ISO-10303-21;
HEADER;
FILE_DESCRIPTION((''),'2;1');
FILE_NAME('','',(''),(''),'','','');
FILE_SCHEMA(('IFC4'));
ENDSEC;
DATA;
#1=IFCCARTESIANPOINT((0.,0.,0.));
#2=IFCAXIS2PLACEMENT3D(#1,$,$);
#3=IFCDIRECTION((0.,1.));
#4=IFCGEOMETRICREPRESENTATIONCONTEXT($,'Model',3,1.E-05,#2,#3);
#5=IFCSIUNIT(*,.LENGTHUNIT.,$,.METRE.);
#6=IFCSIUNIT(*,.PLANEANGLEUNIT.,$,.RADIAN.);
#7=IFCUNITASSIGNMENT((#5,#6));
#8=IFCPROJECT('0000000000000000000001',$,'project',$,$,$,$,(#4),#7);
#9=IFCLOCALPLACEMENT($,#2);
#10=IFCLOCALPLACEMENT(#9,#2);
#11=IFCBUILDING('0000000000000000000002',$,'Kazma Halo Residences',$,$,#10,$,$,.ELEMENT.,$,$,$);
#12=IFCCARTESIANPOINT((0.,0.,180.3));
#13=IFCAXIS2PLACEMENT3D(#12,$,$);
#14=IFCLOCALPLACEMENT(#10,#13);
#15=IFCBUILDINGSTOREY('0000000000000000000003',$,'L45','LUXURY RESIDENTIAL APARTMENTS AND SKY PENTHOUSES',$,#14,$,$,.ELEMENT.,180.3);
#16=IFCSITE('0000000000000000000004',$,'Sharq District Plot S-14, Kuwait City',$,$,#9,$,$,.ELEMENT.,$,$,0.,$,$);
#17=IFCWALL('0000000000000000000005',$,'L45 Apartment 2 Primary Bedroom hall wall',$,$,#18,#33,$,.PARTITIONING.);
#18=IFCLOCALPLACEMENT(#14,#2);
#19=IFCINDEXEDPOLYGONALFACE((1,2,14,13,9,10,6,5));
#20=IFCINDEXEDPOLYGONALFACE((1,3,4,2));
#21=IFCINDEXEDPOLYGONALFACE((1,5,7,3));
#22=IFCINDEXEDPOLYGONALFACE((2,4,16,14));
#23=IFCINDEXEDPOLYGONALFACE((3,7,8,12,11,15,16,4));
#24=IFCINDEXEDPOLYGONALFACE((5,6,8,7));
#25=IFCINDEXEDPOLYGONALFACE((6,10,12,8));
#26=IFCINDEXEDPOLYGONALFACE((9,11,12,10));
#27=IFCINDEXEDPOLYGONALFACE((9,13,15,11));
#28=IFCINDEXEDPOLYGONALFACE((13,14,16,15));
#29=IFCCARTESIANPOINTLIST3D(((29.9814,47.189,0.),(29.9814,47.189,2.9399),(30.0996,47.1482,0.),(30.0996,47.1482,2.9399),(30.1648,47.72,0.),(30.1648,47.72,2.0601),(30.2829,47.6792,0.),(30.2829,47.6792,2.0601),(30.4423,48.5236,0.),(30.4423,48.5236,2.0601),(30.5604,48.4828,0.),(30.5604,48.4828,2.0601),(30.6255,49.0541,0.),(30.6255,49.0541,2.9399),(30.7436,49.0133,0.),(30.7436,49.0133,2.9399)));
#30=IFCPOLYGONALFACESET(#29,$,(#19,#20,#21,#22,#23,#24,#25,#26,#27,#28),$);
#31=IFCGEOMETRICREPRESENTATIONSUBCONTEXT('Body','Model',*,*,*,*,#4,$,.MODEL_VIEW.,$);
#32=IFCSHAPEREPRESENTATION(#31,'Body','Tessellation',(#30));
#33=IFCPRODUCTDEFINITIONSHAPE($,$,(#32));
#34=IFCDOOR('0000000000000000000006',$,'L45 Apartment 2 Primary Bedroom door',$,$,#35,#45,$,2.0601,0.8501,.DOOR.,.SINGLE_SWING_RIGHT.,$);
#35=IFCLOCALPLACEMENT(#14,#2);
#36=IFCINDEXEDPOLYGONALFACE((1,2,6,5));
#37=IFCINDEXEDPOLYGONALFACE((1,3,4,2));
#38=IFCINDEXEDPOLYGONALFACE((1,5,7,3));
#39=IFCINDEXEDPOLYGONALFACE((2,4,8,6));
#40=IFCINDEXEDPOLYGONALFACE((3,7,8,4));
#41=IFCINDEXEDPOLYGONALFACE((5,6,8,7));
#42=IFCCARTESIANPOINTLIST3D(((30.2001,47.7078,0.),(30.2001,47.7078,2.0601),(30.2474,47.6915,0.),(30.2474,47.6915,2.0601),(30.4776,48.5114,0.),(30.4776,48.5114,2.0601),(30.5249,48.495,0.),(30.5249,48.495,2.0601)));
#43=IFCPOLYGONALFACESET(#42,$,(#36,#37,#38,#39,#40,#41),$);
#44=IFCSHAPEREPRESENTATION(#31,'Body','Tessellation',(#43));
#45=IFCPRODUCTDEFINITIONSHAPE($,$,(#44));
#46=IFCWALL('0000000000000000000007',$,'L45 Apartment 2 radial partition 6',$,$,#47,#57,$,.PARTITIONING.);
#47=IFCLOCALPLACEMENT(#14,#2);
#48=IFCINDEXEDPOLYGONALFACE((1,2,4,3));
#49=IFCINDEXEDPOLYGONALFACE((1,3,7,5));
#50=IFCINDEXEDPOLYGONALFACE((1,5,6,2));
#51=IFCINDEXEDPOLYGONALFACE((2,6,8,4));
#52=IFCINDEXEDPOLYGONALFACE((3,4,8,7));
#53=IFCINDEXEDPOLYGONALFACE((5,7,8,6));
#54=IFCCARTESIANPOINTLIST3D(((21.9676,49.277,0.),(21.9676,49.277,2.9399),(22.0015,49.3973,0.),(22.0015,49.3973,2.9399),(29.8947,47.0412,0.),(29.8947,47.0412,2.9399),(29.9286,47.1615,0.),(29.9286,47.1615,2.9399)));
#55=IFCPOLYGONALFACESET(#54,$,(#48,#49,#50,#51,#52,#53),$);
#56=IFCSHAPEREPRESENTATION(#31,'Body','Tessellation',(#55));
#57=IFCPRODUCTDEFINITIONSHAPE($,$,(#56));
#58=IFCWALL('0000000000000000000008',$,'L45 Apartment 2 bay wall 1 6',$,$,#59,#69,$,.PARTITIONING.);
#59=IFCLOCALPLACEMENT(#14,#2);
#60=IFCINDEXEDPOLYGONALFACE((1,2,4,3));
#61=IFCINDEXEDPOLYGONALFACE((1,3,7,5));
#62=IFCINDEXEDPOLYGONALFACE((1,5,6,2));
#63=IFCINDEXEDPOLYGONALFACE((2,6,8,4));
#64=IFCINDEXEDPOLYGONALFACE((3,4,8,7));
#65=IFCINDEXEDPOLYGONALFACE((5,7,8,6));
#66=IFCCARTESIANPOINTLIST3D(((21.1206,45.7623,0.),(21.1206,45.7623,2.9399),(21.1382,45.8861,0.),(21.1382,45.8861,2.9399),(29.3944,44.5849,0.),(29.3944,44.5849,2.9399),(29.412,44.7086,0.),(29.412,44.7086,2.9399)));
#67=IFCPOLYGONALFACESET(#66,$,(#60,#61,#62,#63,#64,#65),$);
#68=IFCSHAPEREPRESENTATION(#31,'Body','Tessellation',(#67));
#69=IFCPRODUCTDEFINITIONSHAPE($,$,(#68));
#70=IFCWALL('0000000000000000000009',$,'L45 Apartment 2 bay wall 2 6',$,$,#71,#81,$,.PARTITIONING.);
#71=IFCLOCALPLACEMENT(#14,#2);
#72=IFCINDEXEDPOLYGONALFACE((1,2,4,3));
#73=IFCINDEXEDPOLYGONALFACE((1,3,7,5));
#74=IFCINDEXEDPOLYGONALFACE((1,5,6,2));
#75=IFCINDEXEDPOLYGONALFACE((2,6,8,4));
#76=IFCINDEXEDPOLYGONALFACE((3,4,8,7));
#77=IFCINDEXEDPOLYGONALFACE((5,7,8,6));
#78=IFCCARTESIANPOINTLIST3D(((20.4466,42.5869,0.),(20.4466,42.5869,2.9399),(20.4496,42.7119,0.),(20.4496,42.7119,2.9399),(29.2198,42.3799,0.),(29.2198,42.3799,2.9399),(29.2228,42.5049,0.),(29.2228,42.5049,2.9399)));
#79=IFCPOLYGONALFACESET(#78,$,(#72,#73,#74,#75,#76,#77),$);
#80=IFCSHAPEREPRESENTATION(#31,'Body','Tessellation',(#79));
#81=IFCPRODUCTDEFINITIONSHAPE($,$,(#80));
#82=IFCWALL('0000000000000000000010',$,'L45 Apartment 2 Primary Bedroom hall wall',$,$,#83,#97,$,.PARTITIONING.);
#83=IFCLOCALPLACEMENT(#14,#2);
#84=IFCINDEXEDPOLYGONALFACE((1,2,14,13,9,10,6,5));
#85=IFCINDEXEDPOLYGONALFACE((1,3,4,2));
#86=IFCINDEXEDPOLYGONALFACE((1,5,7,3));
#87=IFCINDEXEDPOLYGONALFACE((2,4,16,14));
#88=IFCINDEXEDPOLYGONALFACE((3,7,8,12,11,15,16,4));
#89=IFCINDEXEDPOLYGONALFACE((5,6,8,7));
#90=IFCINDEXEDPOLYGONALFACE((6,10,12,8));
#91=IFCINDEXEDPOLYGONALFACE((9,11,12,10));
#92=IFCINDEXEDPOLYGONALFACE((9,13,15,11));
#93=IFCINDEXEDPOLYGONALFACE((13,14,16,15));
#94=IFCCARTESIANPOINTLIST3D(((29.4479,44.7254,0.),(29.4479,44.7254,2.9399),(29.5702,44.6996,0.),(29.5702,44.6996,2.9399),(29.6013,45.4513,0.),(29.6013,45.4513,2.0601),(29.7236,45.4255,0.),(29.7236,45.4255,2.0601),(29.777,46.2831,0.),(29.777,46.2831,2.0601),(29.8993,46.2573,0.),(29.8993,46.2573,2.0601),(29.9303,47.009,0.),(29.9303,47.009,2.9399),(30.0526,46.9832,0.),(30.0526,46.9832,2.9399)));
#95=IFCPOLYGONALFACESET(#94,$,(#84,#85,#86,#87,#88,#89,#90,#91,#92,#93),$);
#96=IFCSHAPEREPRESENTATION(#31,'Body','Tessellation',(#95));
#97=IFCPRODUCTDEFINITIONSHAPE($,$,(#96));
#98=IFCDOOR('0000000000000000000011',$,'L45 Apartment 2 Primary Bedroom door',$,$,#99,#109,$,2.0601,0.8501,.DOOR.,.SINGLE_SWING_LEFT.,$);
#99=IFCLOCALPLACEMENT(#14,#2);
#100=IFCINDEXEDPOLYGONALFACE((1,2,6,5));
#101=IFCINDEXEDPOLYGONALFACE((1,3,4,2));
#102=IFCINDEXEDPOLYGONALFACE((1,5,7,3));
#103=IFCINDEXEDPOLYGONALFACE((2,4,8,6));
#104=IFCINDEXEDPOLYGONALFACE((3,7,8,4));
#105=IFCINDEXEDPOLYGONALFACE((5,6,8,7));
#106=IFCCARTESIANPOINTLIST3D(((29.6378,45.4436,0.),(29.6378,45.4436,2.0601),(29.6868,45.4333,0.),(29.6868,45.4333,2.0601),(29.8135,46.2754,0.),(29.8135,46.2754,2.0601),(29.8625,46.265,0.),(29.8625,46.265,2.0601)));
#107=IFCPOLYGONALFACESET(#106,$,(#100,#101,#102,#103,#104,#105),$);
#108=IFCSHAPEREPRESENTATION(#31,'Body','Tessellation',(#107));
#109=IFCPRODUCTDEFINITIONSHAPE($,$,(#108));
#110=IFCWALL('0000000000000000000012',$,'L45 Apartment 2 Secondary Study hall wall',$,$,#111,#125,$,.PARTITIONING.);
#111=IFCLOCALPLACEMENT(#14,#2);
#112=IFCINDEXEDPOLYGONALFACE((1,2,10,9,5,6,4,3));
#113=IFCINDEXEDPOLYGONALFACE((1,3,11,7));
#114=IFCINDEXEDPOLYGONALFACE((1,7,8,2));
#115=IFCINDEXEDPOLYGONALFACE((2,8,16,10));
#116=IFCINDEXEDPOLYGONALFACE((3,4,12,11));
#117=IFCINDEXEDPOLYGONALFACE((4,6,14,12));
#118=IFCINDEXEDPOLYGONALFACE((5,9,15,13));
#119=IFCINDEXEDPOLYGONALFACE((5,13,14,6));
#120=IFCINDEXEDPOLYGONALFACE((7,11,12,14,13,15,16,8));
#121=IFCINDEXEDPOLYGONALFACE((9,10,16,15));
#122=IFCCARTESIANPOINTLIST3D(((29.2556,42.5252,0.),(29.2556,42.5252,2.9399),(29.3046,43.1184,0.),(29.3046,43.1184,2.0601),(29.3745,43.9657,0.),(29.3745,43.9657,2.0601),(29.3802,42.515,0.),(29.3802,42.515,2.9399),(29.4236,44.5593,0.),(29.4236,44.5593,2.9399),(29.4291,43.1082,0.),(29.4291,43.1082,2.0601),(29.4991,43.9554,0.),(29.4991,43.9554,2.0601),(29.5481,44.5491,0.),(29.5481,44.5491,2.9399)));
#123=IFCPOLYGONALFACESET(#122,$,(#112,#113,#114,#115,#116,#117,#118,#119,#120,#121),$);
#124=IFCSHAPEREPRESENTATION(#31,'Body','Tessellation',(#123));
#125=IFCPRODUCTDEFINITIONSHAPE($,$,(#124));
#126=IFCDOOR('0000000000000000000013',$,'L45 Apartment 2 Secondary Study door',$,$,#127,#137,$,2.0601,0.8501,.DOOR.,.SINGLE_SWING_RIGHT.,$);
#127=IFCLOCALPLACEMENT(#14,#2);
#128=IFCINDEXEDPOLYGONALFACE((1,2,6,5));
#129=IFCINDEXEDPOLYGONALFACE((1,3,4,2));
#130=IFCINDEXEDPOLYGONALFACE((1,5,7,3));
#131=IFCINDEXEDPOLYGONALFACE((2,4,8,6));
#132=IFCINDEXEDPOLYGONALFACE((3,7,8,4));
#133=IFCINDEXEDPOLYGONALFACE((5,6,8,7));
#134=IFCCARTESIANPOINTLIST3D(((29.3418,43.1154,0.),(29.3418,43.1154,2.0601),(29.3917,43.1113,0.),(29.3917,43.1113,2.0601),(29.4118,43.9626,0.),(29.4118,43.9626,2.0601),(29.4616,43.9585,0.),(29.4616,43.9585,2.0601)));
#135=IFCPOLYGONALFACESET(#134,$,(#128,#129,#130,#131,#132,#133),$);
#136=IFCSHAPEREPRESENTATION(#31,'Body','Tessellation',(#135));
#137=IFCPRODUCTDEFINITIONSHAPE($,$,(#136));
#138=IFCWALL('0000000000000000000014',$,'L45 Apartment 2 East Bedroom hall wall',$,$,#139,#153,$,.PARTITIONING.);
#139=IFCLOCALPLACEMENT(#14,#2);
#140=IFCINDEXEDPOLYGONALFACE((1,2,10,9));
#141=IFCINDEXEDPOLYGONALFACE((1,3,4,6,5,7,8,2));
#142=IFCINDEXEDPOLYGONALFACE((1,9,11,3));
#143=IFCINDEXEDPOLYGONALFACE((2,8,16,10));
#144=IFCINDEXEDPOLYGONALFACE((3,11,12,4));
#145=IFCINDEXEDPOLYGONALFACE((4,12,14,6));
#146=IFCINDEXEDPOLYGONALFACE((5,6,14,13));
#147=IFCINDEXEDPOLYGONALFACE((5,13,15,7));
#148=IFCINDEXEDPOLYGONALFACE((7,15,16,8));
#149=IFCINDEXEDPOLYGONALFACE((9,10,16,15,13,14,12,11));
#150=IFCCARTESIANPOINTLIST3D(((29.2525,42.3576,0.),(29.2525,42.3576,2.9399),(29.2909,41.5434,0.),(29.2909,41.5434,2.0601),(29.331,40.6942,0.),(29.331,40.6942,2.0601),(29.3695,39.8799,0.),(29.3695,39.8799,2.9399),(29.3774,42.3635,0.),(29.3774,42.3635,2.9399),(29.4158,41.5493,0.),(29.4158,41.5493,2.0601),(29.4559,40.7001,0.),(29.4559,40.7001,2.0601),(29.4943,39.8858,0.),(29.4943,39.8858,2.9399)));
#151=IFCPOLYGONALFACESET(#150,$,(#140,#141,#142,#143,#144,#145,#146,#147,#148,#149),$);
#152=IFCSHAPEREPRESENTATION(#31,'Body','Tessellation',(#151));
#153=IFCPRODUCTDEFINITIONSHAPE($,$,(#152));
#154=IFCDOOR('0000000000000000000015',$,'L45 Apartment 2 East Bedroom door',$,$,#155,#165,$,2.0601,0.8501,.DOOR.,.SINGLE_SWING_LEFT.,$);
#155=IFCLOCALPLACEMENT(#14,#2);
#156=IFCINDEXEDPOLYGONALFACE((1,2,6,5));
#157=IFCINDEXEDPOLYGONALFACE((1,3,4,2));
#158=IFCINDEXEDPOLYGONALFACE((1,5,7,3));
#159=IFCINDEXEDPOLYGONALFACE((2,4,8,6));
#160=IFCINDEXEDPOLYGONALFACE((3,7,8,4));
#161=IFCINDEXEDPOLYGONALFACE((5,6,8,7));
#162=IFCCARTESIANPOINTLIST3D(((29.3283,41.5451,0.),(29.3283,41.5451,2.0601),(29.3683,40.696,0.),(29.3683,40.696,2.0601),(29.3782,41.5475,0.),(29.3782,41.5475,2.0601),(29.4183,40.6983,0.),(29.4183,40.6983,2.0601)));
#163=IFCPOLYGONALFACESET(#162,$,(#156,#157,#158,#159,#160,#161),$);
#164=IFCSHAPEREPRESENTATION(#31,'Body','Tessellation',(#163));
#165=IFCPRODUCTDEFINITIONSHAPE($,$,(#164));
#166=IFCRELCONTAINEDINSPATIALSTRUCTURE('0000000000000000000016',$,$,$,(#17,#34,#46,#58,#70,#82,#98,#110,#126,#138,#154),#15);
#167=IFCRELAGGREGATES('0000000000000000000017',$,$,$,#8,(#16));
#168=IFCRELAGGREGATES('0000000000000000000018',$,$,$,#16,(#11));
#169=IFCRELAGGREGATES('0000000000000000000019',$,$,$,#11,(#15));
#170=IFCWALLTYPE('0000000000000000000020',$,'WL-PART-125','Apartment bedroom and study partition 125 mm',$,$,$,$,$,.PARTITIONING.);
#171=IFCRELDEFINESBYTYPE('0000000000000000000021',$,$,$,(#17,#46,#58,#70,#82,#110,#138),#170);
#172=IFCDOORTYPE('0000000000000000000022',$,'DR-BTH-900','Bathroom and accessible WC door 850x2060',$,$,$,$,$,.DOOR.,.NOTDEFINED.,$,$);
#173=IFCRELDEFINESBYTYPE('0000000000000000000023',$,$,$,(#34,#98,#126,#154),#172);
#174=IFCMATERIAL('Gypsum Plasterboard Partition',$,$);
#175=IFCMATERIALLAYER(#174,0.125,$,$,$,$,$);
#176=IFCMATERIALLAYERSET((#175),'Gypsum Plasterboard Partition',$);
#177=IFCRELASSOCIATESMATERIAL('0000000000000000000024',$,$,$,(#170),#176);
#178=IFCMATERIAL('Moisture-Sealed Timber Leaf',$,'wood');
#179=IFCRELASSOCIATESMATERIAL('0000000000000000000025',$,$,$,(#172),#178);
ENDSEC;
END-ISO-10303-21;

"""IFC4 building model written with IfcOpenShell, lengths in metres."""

from ifc_helpers import new_model, si_unit, direction, frame, frame_2d, origin, place, context, subcontext, project, spatial, rectangle, extrude, material, layer, layer_set, type_object, element, fill, save


model = new_model("IFC4")

# Units and contexts
model_context = context("Model", 3, precision=1e-05, world=origin(), true_north=direction((0.0, 1.0)))
body_context = subcontext(model_context, "Body", "Model", "MODEL_VIEW")
ifc_project = project(units=[si_unit("LENGTHUNIT", "METRE"), si_unit("PLANEANGLEUNIT", "RADIAN")], contexts=[model_context])

# Site, building, storey
site_placement = place(None, origin())
site = spatial("IfcSite", under=ifc_project, at=site_placement, Name="Sharq District Plot S-14, Kuwait City", CompositionType="ELEMENT", RefElevation=0.0)
building_placement = place(site_placement, origin())
building = spatial("IfcBuilding", under=site, at=building_placement, Name="Kazma Halo Residences", CompositionType="ELEMENT")
storey_placement = place(building_placement, frame((0.0, 0.0, 180.3)))
storey = spatial("IfcBuildingStorey", under=building, at=storey_placement, Name="L45", Description="LUXURY RESIDENTIAL APARTMENTS AND SKY PENTHOUSES", CompositionType="ELEMENT", Elevation=180.3)

# Shared definitions
ifc_material_1 = material(Name="Gypsum Plasterboard Partition")
ifc_layer_1 = layer(ifc_material_1, 0.125)
ifc_layer_set_1 = layer_set([ifc_layer_1], Name="Gypsum Plasterboard Partition")
wall_type_1 = type_object("IfcWallType", Name="WL-PART-125", Description="Apartment bedroom and study partition 125 mm", PredefinedType="PARTITIONING", material=ifc_layer_set_1)

# Wall, opening, door
wall_1_placement = place(storey_placement, frame((30.6846, 49.0337, 0.0), z_axis=(0.0, 0.0, 1.0), x_axis=(-0.326418, -0.945226, 0.0)))
wall_1 = element("IfcWall", 1, at=wall_1_placement, inside=storey, type_object=wall_type_1, Name="L45 Apartment 2 Primary Bedroom hall wall", PredefinedType="PARTITIONING", context=body_context, shape_type="SweptSolid", body=[
    extrude(rectangle(XDim=1.9731, YDim=0.125, at=frame_2d((0.9866, 0.0))), origin(), (0.0, 0.0, 1.0), 2.9399),
])
opening_1_placement = place(wall_1_placement, frame((0.5613, 0.0, 0.0)))
opening_1 = element("IfcOpeningElement", 2, at=opening_1_placement, cuts=wall_1, PredefinedType="OPENING", context=body_context, shape_type="SweptSolid", body=[
    extrude(rectangle(XDim=0.8501, YDim=2.0601, at=frame_2d((0.425, 1.03))), frame((0.0, 0.0725, 0.0), z_axis=(0.0, -1.0, 0.0), x_axis=(1.0, 0.0, 0.0)), (0.0, 0.0, 1.0), 0.145),
])
ifc_material_2 = material(Name="Moisture-Sealed Timber Leaf", Category="wood")
door_type = type_object("IfcDoorType", Name="DR-BTH-900", Description="Bathroom and accessible WC door 850x2060", OperationType="NOTDEFINED", PredefinedType="DOOR", material=ifc_material_2)
door_1_placement = place(opening_1_placement, origin())
door_1 = element("IfcDoor", 3, at=door_1_placement, inside=storey, type_object=door_type, Name="L45 Apartment 2 Primary Bedroom door", OperationType="SINGLE_SWING_RIGHT", OverallHeight=2.0601, OverallWidth=0.8501, PredefinedType="DOOR", context=body_context, shape_type="SweptSolid", body=[
    extrude(rectangle(XDim=0.8501, YDim=2.0601, at=frame_2d((0.425, 1.03))), frame((0.0, 0.0249, 0.0), z_axis=(0.0, -1.0, 0.0), x_axis=(1.0, 0.0, 0.0)), (0.0, 0.0, 1.0), 0.05),
])
fill(opening_1, door_1)

# Walls
wall_2_placement = place(storey_placement, frame((29.9116, 47.1013, 0.0), z_axis=(0.0, 0.0, 1.0), x_axis=(-0.962449, 0.271462, 0.0)))
element("IfcWall", 4, at=wall_2_placement, inside=storey, type_object=wall_type_1, Name="L45 Apartment 2 radial partition 6", PredefinedType="PARTITIONING", context=body_context, shape_type="SweptSolid", body=[
    extrude(rectangle(XDim=8.2363, YDim=0.125, at=frame_2d((4.1182, 0.0))), origin(), (0.0, 0.0, 1.0), 2.9399),
])
wall_3_placement = place(storey_placement, frame((29.4033, 44.6467, 0.0), z_axis=(0.0, 0.0, 1.0), x_axis=(-0.990025, 0.140894, 0.0)))
element("IfcWall", 5, at=wall_3_placement, inside=storey, type_object=wall_type_1, Name="L45 Apartment 2 bay wall 1 6", PredefinedType="PARTITIONING", context=body_context, shape_type="SweptSolid", body=[
    extrude(rectangle(XDim=8.3572, YDim=0.125, at=frame_2d((4.1787, 0.0))), origin(), (0.0, 0.0, 1.0), 2.9399),
])
wall_4_placement = place(storey_placement, frame((29.2212, 42.4424, 0.0), z_axis=(0.0, 0.0, 1.0), x_axis=(-0.999722, 0.023592, 0.0)))
element("IfcWall", 6, at=wall_4_placement, inside=storey, type_object=wall_type_1, Name="L45 Apartment 2 bay wall 2 6", PredefinedType="PARTITIONING", context=body_context, shape_type="SweptSolid", body=[
    extrude(rectangle(XDim=8.7756, YDim=0.125, at=frame_2d((4.3877, 0.0))), origin(), (0.0, 0.0, 1.0), 2.9399),
])

# Walls, openings, doors
wall_5_placement = place(storey_placement, frame((29.9915, 46.9961, 0.0), z_axis=(0.0, 0.0, 1.0), x_axis=(-0.206685, -0.978407, 0.0)))
wall_5 = element("IfcWall", 7, at=wall_5_placement, inside=storey, type_object=wall_type_1, Name="L45 Apartment 2 Primary Bedroom hall wall", PredefinedType="PARTITIONING", context=body_context, shape_type="SweptSolid", body=[
    extrude(rectangle(XDim=2.334, YDim=0.125, at=frame_2d((1.167, 0.0))), origin(), (0.0, 0.0, 1.0), 2.9399),
])
opening_2_placement = place(wall_5_placement, frame((0.7419, 0.0, 0.0)))
opening_2 = element("IfcOpeningElement", 8, at=opening_2_placement, cuts=wall_5, PredefinedType="OPENING", context=body_context, shape_type="SweptSolid", body=[
    extrude(rectangle(XDim=0.8501, YDim=2.0601, at=frame_2d((0.425, 1.03))), frame((0.0, 0.0725, 0.0), z_axis=(0.0, -1.0, 0.0), x_axis=(1.0, 0.0, 0.0)), (0.0, 0.0, 1.0), 0.145),
])
door_2_placement = place(opening_2_placement, origin())
door_2 = element("IfcDoor", 9, at=door_2_placement, inside=storey, type_object=door_type, Name="L45 Apartment 2 Primary Bedroom door", OperationType="SINGLE_SWING_LEFT", OverallHeight=2.0601, OverallWidth=0.8501, PredefinedType="DOOR", context=body_context, shape_type="SweptSolid", body=[
    extrude(rectangle(XDim=0.8501, YDim=2.0601, at=frame_2d((0.425, 1.03))), frame((0.0, 0.0249, 0.0), z_axis=(0.0, -1.0, 0.0), x_axis=(1.0, 0.0, 0.0)), (0.0, 0.0, 1.0), 0.05),
])
fill(opening_2, door_2)
wall_6_placement = place(storey_placement, frame((29.4858, 44.5542, 0.0), z_axis=(0.0, 0.0, 1.0), x_axis=(-0.082293, -0.996608, 0.0)))
wall_6 = element("IfcWall", 10, at=wall_6_placement, inside=storey, type_object=wall_type_1, Name="L45 Apartment 2 Secondary Study hall wall", PredefinedType="PARTITIONING", context=body_context, shape_type="SweptSolid", body=[
    extrude(rectangle(XDim=2.041, YDim=0.125, at=frame_2d((1.0205, 0.0))), origin(), (0.0, 0.0, 1.0), 2.9399),
])
opening_3_placement = place(wall_6_placement, frame((0.5957, 0.0, 0.0)))
opening_3 = element("IfcOpeningElement", 11, at=opening_3_placement, cuts=wall_6, PredefinedType="OPENING", context=body_context, shape_type="SweptSolid", body=[
    extrude(rectangle(XDim=0.8501, YDim=2.0601, at=frame_2d((0.425, 1.03))), frame((0.0, 0.0725, 0.0), z_axis=(0.0, -1.0, 0.0), x_axis=(1.0, 0.0, 0.0)), (0.0, 0.0, 1.0), 0.145),
])
door_3_placement = place(opening_3_placement, origin())
door_3 = element("IfcDoor", 12, at=door_3_placement, inside=storey, type_object=door_type, Name="L45 Apartment 2 Secondary Study door", OperationType="SINGLE_SWING_RIGHT", OverallHeight=2.0601, OverallWidth=0.8501, PredefinedType="DOOR", context=body_context, shape_type="SweptSolid", body=[
    extrude(rectangle(XDim=0.8501, YDim=2.0601, at=frame_2d((0.425, 1.03))), frame((0.0, 0.0249, 0.0), z_axis=(0.0, -1.0, 0.0), x_axis=(1.0, 0.0, 0.0)), (0.0, 0.0, 1.0), 0.05),
])
fill(opening_3, door_3)
wall_7_placement = place(storey_placement, frame((29.3149, 42.3606, 0.0), z_axis=(0.0, 0.0, 1.0), x_axis=(0.047144, -0.998888, 0.0)))
wall_7 = element("IfcWall", 13, at=wall_7_placement, inside=storey, type_object=wall_type_1, Name="L45 Apartment 2 East Bedroom hall wall", PredefinedType="PARTITIONING", context=body_context, shape_type="SweptSolid", body=[
    extrude(rectangle(XDim=2.4805, YDim=0.125, at=frame_2d((1.2402, 0.0))), origin(), (0.0, 0.0, 1.0), 2.9399),
])
opening_4_placement = place(wall_7_placement, frame((0.8152, 0.0, 0.0)))
opening_4 = element("IfcOpeningElement", 14, at=opening_4_placement, cuts=wall_7, PredefinedType="OPENING", context=body_context, shape_type="SweptSolid", body=[
    extrude(rectangle(XDim=0.8501, YDim=2.0601, at=frame_2d((0.425, 1.03))), frame((0.0, 0.0725, 0.0), z_axis=(0.0, -1.0, 0.0), x_axis=(1.0, 0.0, 0.0)), (0.0, 0.0, 1.0), 0.145),
])
door_4_placement = place(opening_4_placement, origin())
door_4 = element("IfcDoor", 15, at=door_4_placement, inside=storey, type_object=door_type, Name="L45 Apartment 2 East Bedroom door", OperationType="SINGLE_SWING_LEFT", OverallHeight=2.0601, OverallWidth=0.8501, PredefinedType="DOOR", context=body_context, shape_type="SweptSolid", body=[
    extrude(rectangle(XDim=0.8501, YDim=2.0601, at=frame_2d((0.425, 1.03))), frame((0.0, 0.0249, 0.0), z_axis=(0.0, -1.0, 0.0), x_axis=(1.0, 0.0, 0.0)), (0.0, 0.0, 1.0), 0.05),
])
fill(opening_4, door_4)

save(model, "model.ifc")
